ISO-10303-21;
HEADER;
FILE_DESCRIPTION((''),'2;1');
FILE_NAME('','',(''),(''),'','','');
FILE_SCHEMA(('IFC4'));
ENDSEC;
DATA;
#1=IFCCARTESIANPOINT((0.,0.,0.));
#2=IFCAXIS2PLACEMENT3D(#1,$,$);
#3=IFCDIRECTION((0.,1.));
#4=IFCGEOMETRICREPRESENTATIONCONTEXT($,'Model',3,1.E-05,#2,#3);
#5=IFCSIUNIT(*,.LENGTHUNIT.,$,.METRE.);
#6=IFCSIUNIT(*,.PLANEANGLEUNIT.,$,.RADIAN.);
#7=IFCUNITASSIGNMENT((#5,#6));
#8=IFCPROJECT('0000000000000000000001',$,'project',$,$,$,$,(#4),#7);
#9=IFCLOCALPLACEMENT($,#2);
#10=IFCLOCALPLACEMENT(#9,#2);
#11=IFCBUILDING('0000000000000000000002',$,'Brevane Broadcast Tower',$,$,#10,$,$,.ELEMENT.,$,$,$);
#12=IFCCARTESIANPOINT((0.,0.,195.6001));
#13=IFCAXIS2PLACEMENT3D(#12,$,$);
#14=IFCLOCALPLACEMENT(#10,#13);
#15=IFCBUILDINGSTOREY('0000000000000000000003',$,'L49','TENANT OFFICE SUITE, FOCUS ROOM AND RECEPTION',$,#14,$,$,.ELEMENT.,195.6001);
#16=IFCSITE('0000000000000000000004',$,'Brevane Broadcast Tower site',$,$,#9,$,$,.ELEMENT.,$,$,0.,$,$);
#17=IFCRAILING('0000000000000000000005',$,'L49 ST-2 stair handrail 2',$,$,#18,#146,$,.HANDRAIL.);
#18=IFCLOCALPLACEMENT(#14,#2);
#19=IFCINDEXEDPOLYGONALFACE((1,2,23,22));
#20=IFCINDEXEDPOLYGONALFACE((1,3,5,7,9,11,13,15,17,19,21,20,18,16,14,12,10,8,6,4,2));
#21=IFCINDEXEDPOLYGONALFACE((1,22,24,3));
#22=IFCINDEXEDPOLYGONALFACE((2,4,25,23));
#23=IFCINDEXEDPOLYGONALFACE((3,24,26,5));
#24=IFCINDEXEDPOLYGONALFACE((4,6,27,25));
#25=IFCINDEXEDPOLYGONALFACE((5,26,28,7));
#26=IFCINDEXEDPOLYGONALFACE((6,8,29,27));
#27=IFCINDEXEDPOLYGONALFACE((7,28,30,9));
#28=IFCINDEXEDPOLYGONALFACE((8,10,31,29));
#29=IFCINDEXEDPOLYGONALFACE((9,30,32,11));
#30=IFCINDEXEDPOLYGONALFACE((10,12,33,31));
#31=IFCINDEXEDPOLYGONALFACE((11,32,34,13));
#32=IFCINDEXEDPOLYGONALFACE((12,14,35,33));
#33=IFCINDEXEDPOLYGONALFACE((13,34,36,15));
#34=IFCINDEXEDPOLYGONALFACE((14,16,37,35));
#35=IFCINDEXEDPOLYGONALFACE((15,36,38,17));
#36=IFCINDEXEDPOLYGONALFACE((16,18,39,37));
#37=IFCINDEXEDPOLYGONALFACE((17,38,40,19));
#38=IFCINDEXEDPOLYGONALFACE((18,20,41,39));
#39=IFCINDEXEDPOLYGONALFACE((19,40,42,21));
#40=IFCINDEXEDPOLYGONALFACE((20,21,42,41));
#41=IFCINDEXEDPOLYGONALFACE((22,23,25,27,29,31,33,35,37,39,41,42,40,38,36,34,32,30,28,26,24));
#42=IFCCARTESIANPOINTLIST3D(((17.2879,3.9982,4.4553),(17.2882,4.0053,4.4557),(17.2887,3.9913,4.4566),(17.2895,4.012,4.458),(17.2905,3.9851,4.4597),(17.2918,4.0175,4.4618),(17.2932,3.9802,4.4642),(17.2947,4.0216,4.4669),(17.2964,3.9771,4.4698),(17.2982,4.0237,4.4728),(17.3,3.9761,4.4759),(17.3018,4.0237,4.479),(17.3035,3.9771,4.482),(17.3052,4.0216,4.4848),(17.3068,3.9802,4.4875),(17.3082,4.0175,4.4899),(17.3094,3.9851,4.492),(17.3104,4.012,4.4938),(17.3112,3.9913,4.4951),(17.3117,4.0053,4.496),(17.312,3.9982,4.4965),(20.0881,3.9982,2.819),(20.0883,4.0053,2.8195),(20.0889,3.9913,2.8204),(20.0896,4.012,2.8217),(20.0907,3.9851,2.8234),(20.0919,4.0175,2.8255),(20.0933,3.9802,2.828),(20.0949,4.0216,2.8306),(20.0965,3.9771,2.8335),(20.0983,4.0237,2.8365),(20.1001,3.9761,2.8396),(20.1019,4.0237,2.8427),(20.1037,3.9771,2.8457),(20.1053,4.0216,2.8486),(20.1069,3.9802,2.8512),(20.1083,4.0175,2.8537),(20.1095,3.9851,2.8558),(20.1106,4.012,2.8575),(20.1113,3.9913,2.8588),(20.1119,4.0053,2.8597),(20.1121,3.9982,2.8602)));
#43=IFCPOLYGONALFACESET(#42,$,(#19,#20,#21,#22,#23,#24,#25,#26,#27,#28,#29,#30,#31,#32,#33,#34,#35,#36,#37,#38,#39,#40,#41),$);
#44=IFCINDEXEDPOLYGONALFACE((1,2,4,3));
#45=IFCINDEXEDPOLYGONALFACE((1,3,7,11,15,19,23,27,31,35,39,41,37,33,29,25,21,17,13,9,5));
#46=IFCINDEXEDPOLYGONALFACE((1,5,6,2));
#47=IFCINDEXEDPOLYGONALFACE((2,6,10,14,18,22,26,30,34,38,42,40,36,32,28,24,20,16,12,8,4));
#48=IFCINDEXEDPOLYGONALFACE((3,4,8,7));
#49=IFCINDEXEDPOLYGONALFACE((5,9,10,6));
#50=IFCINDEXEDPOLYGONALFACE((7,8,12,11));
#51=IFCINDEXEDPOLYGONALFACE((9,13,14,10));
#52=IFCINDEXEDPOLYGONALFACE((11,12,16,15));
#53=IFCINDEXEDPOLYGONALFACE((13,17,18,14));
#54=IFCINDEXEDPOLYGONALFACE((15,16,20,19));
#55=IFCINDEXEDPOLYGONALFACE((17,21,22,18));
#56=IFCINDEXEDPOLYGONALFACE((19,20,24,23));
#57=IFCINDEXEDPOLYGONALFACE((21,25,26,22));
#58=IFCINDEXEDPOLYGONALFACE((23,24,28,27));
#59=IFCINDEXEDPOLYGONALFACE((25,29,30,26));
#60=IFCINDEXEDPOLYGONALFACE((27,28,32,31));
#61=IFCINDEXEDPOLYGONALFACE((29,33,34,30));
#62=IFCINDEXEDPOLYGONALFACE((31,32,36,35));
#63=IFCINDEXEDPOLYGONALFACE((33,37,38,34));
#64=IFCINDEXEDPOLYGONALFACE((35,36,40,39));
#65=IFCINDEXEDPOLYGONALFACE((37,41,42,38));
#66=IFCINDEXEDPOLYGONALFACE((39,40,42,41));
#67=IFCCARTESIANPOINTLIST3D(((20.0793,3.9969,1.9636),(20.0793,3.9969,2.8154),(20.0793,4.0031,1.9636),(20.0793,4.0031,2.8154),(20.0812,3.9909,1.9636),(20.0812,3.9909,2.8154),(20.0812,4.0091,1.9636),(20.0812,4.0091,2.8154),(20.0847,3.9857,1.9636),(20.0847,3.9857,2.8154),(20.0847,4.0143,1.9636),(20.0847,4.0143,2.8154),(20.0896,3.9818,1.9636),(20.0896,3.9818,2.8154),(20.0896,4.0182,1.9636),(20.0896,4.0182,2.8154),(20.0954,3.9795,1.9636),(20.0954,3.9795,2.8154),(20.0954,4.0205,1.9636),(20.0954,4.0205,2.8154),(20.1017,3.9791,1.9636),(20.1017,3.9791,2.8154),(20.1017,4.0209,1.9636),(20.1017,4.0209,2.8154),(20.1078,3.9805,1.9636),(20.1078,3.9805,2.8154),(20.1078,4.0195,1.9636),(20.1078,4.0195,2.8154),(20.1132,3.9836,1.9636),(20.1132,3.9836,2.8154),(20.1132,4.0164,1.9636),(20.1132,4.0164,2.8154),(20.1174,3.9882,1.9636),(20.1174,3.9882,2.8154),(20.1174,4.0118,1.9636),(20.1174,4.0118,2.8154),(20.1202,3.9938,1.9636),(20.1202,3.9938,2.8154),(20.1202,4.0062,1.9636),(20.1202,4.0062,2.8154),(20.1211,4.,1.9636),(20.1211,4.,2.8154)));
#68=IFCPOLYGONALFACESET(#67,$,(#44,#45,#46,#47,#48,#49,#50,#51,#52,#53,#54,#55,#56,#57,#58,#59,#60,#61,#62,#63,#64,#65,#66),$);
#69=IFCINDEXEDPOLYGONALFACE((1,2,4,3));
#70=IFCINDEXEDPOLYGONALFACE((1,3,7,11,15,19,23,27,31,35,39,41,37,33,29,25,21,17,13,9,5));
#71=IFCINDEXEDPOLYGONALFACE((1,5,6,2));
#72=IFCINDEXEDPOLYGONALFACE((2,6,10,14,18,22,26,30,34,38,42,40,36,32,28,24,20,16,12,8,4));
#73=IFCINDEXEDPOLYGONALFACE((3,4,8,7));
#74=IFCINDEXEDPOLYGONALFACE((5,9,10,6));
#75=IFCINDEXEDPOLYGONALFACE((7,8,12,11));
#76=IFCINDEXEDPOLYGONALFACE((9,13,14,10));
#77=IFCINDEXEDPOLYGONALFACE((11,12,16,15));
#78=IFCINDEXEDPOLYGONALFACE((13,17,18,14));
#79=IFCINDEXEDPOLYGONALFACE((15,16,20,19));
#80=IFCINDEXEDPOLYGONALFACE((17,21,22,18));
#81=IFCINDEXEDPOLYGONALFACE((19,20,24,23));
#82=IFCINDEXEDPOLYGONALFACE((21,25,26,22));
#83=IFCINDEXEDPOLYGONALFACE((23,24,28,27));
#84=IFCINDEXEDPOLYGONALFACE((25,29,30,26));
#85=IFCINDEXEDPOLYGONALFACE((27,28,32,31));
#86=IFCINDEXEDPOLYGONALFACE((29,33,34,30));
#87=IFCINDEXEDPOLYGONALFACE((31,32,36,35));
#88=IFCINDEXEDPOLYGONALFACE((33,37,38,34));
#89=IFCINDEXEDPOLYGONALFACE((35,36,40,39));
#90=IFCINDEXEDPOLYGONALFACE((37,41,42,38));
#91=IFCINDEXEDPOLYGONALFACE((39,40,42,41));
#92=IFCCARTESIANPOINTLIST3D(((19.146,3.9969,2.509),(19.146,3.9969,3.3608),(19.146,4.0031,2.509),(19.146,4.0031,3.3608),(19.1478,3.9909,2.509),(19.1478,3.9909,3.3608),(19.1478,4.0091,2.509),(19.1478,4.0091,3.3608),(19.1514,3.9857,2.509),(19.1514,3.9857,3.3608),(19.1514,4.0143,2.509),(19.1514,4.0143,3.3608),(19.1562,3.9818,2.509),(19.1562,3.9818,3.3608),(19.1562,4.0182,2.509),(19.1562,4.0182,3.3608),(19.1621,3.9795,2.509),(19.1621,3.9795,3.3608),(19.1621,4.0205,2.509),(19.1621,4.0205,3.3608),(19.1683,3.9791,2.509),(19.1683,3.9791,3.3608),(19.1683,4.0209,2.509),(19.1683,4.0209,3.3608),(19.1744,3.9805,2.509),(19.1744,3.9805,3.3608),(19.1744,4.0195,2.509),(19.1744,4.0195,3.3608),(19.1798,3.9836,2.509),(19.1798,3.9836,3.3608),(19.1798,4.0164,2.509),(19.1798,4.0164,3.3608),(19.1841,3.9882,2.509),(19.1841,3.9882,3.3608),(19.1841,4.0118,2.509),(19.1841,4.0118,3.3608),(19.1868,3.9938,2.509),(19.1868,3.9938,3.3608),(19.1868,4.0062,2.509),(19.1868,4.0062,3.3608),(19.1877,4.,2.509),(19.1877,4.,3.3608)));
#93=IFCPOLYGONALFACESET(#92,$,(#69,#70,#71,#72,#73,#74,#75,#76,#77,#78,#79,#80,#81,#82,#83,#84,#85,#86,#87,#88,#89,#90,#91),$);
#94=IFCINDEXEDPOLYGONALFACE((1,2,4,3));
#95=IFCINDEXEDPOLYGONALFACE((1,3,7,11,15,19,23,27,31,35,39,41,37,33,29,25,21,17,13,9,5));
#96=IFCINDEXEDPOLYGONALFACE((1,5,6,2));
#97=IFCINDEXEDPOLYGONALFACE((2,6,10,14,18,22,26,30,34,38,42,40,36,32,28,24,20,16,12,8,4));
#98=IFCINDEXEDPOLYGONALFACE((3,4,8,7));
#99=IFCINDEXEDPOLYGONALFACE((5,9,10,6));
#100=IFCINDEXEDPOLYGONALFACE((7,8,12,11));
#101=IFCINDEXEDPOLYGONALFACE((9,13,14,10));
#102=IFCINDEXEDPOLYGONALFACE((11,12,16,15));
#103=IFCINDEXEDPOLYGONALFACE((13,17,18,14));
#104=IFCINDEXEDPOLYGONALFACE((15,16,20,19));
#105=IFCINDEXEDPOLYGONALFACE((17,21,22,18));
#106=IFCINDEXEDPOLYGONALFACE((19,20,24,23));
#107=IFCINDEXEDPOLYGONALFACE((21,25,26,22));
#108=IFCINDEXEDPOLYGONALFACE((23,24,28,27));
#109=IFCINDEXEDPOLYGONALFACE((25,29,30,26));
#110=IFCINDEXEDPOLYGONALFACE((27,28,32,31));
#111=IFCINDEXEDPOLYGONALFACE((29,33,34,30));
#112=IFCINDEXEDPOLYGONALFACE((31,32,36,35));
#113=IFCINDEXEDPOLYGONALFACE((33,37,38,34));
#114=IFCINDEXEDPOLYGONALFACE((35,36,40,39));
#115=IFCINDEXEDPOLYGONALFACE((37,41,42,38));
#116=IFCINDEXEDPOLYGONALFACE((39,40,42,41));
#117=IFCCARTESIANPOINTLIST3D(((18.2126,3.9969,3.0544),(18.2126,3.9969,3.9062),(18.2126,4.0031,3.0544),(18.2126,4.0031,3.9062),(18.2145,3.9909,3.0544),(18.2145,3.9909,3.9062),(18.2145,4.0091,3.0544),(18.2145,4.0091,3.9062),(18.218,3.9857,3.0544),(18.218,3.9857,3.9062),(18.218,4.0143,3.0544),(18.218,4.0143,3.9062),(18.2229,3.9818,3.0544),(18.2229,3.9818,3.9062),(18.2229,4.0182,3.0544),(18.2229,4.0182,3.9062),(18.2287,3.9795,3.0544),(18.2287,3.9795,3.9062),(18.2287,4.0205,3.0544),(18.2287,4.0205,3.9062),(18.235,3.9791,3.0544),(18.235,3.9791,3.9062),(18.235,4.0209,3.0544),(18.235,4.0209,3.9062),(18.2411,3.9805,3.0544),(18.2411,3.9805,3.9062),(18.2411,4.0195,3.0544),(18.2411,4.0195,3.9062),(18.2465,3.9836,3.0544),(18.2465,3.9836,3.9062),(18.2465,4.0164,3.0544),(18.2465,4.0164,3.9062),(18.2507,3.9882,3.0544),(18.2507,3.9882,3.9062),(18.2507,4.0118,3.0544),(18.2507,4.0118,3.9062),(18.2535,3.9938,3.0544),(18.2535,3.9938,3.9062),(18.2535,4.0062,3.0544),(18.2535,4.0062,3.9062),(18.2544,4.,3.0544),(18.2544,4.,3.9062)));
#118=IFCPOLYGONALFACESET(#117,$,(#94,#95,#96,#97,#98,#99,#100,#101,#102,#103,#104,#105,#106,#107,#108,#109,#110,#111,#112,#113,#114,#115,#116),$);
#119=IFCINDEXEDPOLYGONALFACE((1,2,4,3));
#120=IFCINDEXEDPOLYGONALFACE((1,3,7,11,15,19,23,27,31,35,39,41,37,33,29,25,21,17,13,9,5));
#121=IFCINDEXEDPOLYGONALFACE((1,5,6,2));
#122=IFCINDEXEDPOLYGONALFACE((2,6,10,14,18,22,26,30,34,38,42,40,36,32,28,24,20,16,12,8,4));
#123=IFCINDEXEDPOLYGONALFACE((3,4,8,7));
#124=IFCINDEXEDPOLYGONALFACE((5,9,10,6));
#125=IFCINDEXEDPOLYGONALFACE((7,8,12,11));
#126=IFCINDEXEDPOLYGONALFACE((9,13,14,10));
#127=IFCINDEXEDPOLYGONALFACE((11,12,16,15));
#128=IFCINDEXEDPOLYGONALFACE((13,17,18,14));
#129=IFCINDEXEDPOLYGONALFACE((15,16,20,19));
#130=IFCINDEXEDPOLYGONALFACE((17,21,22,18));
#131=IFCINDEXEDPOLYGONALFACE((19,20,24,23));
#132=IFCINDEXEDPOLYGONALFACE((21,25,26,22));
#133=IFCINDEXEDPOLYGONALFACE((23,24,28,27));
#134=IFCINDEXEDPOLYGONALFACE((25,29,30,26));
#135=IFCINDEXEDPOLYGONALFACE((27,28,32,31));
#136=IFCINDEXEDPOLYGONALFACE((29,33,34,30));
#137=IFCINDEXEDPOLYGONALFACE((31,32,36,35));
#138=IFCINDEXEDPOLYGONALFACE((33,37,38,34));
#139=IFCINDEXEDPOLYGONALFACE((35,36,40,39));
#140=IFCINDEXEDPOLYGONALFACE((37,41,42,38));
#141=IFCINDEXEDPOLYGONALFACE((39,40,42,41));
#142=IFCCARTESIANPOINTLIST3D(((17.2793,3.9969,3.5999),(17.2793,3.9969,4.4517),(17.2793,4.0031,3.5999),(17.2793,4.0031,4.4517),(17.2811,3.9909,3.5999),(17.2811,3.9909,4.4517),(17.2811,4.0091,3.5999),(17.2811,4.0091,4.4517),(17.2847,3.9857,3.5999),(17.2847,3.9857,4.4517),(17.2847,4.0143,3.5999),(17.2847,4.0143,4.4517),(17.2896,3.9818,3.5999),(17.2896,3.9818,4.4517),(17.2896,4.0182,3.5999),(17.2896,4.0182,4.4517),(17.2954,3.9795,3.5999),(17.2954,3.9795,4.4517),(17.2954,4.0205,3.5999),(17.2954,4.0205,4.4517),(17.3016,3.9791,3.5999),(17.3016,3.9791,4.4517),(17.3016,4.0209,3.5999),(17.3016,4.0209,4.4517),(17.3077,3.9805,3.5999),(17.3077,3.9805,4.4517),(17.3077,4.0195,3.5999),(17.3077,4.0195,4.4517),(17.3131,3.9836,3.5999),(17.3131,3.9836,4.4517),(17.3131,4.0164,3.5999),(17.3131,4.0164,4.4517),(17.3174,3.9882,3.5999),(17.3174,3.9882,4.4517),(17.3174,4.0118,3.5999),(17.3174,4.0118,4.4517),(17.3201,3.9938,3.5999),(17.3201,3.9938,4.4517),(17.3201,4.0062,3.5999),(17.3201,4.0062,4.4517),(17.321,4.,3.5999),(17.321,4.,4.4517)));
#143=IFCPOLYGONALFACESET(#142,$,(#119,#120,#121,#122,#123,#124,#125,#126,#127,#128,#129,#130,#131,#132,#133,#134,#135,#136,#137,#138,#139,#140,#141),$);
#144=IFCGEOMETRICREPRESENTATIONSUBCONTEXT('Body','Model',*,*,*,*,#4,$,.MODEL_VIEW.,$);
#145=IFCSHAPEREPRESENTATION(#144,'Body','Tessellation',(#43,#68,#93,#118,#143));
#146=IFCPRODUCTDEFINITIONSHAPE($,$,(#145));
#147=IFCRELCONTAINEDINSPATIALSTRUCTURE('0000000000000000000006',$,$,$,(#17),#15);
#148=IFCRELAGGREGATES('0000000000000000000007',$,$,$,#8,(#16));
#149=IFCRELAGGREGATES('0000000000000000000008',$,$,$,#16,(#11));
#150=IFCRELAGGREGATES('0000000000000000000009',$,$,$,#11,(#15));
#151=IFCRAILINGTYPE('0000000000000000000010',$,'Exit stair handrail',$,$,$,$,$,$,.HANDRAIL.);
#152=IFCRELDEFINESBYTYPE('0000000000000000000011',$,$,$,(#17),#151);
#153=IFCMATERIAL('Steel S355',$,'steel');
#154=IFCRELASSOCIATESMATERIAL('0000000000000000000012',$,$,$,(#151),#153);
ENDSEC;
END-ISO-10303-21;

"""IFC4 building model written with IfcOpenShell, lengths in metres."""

from ifc_helpers import new_model, si_unit, direction, frame, origin, origin_2d, place, context, subcontext, project, spatial, circle, extrude, material, type_object, element, save


model = new_model("IFC4")

# Units and contexts
model_context = context("Model", 3, precision=1e-05, world=origin(), true_north=direction((0.0, 1.0)))
body_context = subcontext(model_context, "Body", "Model", "MODEL_VIEW")
ifc_project = project(units=[si_unit("LENGTHUNIT", "METRE"), si_unit("PLANEANGLEUNIT", "RADIAN")], contexts=[model_context])

# Site, building, storey
site_placement = place(None, origin())
site = spatial("IfcSite", under=ifc_project, at=site_placement, Name="Brevane Broadcast Tower site", CompositionType="ELEMENT", RefElevation=0.0)
building_placement = place(site_placement, origin())
building = spatial("IfcBuilding", under=site, at=building_placement, Name="Brevane Broadcast Tower", CompositionType="ELEMENT")
storey_placement = place(building_placement, frame((0.0, 0.0, 195.6001)))
storey = spatial("IfcBuildingStorey", under=building, at=storey_placement, Name="L49", Description="TENANT OFFICE SUITE, FOCUS ROOM AND RECEPTION", CompositionType="ELEMENT", Elevation=195.6001)

# Railing
ifc_material_1 = material(Name="Steel S355", Category="steel")
railing_type_1 = type_object("IfcRailingType", Name="Exit stair handrail", PredefinedType="HANDRAIL", material=ifc_material_1)
railing_1_placement = place(storey_placement, frame((20.1001, 4.0, 1.9636)))
element("IfcRailing", 1, at=railing_1_placement, inside=storey, type_object=railing_type_1, Name="L49 ST-2 stair handrail 2", PredefinedType="HANDRAIL", context=body_context, shape_type="SweptSolid", body=[
    extrude(circle(Radius=0.0239, at=origin_2d()), frame((0.0, 0.0, 0.876), z_axis=(-0.863394, 0.0, 0.504531), x_axis=(0.0, -1.0, 0.0)), (0.0, 0.0, 1.0), 3.2432),
    extrude(circle(Radius=0.021, at=origin_2d()), origin(), (0.0, 0.0, 1.0), 0.8518),
    extrude(circle(Radius=0.021, at=origin_2d()), frame((-0.9333, 0.0, 0.5454)), (0.0, 0.0, 1.0), 0.8518),
    extrude(circle(Radius=0.021, at=origin_2d()), frame((-1.8667, 0.0, 1.0908)), (0.0, 0.0, 1.0), 0.8518),
    extrude(circle(Radius=0.021, at=origin_2d()), frame((-2.8, 0.0, 1.6362)), (0.0, 0.0, 1.0), 0.8518),
])

save(model, "model.ifc")
